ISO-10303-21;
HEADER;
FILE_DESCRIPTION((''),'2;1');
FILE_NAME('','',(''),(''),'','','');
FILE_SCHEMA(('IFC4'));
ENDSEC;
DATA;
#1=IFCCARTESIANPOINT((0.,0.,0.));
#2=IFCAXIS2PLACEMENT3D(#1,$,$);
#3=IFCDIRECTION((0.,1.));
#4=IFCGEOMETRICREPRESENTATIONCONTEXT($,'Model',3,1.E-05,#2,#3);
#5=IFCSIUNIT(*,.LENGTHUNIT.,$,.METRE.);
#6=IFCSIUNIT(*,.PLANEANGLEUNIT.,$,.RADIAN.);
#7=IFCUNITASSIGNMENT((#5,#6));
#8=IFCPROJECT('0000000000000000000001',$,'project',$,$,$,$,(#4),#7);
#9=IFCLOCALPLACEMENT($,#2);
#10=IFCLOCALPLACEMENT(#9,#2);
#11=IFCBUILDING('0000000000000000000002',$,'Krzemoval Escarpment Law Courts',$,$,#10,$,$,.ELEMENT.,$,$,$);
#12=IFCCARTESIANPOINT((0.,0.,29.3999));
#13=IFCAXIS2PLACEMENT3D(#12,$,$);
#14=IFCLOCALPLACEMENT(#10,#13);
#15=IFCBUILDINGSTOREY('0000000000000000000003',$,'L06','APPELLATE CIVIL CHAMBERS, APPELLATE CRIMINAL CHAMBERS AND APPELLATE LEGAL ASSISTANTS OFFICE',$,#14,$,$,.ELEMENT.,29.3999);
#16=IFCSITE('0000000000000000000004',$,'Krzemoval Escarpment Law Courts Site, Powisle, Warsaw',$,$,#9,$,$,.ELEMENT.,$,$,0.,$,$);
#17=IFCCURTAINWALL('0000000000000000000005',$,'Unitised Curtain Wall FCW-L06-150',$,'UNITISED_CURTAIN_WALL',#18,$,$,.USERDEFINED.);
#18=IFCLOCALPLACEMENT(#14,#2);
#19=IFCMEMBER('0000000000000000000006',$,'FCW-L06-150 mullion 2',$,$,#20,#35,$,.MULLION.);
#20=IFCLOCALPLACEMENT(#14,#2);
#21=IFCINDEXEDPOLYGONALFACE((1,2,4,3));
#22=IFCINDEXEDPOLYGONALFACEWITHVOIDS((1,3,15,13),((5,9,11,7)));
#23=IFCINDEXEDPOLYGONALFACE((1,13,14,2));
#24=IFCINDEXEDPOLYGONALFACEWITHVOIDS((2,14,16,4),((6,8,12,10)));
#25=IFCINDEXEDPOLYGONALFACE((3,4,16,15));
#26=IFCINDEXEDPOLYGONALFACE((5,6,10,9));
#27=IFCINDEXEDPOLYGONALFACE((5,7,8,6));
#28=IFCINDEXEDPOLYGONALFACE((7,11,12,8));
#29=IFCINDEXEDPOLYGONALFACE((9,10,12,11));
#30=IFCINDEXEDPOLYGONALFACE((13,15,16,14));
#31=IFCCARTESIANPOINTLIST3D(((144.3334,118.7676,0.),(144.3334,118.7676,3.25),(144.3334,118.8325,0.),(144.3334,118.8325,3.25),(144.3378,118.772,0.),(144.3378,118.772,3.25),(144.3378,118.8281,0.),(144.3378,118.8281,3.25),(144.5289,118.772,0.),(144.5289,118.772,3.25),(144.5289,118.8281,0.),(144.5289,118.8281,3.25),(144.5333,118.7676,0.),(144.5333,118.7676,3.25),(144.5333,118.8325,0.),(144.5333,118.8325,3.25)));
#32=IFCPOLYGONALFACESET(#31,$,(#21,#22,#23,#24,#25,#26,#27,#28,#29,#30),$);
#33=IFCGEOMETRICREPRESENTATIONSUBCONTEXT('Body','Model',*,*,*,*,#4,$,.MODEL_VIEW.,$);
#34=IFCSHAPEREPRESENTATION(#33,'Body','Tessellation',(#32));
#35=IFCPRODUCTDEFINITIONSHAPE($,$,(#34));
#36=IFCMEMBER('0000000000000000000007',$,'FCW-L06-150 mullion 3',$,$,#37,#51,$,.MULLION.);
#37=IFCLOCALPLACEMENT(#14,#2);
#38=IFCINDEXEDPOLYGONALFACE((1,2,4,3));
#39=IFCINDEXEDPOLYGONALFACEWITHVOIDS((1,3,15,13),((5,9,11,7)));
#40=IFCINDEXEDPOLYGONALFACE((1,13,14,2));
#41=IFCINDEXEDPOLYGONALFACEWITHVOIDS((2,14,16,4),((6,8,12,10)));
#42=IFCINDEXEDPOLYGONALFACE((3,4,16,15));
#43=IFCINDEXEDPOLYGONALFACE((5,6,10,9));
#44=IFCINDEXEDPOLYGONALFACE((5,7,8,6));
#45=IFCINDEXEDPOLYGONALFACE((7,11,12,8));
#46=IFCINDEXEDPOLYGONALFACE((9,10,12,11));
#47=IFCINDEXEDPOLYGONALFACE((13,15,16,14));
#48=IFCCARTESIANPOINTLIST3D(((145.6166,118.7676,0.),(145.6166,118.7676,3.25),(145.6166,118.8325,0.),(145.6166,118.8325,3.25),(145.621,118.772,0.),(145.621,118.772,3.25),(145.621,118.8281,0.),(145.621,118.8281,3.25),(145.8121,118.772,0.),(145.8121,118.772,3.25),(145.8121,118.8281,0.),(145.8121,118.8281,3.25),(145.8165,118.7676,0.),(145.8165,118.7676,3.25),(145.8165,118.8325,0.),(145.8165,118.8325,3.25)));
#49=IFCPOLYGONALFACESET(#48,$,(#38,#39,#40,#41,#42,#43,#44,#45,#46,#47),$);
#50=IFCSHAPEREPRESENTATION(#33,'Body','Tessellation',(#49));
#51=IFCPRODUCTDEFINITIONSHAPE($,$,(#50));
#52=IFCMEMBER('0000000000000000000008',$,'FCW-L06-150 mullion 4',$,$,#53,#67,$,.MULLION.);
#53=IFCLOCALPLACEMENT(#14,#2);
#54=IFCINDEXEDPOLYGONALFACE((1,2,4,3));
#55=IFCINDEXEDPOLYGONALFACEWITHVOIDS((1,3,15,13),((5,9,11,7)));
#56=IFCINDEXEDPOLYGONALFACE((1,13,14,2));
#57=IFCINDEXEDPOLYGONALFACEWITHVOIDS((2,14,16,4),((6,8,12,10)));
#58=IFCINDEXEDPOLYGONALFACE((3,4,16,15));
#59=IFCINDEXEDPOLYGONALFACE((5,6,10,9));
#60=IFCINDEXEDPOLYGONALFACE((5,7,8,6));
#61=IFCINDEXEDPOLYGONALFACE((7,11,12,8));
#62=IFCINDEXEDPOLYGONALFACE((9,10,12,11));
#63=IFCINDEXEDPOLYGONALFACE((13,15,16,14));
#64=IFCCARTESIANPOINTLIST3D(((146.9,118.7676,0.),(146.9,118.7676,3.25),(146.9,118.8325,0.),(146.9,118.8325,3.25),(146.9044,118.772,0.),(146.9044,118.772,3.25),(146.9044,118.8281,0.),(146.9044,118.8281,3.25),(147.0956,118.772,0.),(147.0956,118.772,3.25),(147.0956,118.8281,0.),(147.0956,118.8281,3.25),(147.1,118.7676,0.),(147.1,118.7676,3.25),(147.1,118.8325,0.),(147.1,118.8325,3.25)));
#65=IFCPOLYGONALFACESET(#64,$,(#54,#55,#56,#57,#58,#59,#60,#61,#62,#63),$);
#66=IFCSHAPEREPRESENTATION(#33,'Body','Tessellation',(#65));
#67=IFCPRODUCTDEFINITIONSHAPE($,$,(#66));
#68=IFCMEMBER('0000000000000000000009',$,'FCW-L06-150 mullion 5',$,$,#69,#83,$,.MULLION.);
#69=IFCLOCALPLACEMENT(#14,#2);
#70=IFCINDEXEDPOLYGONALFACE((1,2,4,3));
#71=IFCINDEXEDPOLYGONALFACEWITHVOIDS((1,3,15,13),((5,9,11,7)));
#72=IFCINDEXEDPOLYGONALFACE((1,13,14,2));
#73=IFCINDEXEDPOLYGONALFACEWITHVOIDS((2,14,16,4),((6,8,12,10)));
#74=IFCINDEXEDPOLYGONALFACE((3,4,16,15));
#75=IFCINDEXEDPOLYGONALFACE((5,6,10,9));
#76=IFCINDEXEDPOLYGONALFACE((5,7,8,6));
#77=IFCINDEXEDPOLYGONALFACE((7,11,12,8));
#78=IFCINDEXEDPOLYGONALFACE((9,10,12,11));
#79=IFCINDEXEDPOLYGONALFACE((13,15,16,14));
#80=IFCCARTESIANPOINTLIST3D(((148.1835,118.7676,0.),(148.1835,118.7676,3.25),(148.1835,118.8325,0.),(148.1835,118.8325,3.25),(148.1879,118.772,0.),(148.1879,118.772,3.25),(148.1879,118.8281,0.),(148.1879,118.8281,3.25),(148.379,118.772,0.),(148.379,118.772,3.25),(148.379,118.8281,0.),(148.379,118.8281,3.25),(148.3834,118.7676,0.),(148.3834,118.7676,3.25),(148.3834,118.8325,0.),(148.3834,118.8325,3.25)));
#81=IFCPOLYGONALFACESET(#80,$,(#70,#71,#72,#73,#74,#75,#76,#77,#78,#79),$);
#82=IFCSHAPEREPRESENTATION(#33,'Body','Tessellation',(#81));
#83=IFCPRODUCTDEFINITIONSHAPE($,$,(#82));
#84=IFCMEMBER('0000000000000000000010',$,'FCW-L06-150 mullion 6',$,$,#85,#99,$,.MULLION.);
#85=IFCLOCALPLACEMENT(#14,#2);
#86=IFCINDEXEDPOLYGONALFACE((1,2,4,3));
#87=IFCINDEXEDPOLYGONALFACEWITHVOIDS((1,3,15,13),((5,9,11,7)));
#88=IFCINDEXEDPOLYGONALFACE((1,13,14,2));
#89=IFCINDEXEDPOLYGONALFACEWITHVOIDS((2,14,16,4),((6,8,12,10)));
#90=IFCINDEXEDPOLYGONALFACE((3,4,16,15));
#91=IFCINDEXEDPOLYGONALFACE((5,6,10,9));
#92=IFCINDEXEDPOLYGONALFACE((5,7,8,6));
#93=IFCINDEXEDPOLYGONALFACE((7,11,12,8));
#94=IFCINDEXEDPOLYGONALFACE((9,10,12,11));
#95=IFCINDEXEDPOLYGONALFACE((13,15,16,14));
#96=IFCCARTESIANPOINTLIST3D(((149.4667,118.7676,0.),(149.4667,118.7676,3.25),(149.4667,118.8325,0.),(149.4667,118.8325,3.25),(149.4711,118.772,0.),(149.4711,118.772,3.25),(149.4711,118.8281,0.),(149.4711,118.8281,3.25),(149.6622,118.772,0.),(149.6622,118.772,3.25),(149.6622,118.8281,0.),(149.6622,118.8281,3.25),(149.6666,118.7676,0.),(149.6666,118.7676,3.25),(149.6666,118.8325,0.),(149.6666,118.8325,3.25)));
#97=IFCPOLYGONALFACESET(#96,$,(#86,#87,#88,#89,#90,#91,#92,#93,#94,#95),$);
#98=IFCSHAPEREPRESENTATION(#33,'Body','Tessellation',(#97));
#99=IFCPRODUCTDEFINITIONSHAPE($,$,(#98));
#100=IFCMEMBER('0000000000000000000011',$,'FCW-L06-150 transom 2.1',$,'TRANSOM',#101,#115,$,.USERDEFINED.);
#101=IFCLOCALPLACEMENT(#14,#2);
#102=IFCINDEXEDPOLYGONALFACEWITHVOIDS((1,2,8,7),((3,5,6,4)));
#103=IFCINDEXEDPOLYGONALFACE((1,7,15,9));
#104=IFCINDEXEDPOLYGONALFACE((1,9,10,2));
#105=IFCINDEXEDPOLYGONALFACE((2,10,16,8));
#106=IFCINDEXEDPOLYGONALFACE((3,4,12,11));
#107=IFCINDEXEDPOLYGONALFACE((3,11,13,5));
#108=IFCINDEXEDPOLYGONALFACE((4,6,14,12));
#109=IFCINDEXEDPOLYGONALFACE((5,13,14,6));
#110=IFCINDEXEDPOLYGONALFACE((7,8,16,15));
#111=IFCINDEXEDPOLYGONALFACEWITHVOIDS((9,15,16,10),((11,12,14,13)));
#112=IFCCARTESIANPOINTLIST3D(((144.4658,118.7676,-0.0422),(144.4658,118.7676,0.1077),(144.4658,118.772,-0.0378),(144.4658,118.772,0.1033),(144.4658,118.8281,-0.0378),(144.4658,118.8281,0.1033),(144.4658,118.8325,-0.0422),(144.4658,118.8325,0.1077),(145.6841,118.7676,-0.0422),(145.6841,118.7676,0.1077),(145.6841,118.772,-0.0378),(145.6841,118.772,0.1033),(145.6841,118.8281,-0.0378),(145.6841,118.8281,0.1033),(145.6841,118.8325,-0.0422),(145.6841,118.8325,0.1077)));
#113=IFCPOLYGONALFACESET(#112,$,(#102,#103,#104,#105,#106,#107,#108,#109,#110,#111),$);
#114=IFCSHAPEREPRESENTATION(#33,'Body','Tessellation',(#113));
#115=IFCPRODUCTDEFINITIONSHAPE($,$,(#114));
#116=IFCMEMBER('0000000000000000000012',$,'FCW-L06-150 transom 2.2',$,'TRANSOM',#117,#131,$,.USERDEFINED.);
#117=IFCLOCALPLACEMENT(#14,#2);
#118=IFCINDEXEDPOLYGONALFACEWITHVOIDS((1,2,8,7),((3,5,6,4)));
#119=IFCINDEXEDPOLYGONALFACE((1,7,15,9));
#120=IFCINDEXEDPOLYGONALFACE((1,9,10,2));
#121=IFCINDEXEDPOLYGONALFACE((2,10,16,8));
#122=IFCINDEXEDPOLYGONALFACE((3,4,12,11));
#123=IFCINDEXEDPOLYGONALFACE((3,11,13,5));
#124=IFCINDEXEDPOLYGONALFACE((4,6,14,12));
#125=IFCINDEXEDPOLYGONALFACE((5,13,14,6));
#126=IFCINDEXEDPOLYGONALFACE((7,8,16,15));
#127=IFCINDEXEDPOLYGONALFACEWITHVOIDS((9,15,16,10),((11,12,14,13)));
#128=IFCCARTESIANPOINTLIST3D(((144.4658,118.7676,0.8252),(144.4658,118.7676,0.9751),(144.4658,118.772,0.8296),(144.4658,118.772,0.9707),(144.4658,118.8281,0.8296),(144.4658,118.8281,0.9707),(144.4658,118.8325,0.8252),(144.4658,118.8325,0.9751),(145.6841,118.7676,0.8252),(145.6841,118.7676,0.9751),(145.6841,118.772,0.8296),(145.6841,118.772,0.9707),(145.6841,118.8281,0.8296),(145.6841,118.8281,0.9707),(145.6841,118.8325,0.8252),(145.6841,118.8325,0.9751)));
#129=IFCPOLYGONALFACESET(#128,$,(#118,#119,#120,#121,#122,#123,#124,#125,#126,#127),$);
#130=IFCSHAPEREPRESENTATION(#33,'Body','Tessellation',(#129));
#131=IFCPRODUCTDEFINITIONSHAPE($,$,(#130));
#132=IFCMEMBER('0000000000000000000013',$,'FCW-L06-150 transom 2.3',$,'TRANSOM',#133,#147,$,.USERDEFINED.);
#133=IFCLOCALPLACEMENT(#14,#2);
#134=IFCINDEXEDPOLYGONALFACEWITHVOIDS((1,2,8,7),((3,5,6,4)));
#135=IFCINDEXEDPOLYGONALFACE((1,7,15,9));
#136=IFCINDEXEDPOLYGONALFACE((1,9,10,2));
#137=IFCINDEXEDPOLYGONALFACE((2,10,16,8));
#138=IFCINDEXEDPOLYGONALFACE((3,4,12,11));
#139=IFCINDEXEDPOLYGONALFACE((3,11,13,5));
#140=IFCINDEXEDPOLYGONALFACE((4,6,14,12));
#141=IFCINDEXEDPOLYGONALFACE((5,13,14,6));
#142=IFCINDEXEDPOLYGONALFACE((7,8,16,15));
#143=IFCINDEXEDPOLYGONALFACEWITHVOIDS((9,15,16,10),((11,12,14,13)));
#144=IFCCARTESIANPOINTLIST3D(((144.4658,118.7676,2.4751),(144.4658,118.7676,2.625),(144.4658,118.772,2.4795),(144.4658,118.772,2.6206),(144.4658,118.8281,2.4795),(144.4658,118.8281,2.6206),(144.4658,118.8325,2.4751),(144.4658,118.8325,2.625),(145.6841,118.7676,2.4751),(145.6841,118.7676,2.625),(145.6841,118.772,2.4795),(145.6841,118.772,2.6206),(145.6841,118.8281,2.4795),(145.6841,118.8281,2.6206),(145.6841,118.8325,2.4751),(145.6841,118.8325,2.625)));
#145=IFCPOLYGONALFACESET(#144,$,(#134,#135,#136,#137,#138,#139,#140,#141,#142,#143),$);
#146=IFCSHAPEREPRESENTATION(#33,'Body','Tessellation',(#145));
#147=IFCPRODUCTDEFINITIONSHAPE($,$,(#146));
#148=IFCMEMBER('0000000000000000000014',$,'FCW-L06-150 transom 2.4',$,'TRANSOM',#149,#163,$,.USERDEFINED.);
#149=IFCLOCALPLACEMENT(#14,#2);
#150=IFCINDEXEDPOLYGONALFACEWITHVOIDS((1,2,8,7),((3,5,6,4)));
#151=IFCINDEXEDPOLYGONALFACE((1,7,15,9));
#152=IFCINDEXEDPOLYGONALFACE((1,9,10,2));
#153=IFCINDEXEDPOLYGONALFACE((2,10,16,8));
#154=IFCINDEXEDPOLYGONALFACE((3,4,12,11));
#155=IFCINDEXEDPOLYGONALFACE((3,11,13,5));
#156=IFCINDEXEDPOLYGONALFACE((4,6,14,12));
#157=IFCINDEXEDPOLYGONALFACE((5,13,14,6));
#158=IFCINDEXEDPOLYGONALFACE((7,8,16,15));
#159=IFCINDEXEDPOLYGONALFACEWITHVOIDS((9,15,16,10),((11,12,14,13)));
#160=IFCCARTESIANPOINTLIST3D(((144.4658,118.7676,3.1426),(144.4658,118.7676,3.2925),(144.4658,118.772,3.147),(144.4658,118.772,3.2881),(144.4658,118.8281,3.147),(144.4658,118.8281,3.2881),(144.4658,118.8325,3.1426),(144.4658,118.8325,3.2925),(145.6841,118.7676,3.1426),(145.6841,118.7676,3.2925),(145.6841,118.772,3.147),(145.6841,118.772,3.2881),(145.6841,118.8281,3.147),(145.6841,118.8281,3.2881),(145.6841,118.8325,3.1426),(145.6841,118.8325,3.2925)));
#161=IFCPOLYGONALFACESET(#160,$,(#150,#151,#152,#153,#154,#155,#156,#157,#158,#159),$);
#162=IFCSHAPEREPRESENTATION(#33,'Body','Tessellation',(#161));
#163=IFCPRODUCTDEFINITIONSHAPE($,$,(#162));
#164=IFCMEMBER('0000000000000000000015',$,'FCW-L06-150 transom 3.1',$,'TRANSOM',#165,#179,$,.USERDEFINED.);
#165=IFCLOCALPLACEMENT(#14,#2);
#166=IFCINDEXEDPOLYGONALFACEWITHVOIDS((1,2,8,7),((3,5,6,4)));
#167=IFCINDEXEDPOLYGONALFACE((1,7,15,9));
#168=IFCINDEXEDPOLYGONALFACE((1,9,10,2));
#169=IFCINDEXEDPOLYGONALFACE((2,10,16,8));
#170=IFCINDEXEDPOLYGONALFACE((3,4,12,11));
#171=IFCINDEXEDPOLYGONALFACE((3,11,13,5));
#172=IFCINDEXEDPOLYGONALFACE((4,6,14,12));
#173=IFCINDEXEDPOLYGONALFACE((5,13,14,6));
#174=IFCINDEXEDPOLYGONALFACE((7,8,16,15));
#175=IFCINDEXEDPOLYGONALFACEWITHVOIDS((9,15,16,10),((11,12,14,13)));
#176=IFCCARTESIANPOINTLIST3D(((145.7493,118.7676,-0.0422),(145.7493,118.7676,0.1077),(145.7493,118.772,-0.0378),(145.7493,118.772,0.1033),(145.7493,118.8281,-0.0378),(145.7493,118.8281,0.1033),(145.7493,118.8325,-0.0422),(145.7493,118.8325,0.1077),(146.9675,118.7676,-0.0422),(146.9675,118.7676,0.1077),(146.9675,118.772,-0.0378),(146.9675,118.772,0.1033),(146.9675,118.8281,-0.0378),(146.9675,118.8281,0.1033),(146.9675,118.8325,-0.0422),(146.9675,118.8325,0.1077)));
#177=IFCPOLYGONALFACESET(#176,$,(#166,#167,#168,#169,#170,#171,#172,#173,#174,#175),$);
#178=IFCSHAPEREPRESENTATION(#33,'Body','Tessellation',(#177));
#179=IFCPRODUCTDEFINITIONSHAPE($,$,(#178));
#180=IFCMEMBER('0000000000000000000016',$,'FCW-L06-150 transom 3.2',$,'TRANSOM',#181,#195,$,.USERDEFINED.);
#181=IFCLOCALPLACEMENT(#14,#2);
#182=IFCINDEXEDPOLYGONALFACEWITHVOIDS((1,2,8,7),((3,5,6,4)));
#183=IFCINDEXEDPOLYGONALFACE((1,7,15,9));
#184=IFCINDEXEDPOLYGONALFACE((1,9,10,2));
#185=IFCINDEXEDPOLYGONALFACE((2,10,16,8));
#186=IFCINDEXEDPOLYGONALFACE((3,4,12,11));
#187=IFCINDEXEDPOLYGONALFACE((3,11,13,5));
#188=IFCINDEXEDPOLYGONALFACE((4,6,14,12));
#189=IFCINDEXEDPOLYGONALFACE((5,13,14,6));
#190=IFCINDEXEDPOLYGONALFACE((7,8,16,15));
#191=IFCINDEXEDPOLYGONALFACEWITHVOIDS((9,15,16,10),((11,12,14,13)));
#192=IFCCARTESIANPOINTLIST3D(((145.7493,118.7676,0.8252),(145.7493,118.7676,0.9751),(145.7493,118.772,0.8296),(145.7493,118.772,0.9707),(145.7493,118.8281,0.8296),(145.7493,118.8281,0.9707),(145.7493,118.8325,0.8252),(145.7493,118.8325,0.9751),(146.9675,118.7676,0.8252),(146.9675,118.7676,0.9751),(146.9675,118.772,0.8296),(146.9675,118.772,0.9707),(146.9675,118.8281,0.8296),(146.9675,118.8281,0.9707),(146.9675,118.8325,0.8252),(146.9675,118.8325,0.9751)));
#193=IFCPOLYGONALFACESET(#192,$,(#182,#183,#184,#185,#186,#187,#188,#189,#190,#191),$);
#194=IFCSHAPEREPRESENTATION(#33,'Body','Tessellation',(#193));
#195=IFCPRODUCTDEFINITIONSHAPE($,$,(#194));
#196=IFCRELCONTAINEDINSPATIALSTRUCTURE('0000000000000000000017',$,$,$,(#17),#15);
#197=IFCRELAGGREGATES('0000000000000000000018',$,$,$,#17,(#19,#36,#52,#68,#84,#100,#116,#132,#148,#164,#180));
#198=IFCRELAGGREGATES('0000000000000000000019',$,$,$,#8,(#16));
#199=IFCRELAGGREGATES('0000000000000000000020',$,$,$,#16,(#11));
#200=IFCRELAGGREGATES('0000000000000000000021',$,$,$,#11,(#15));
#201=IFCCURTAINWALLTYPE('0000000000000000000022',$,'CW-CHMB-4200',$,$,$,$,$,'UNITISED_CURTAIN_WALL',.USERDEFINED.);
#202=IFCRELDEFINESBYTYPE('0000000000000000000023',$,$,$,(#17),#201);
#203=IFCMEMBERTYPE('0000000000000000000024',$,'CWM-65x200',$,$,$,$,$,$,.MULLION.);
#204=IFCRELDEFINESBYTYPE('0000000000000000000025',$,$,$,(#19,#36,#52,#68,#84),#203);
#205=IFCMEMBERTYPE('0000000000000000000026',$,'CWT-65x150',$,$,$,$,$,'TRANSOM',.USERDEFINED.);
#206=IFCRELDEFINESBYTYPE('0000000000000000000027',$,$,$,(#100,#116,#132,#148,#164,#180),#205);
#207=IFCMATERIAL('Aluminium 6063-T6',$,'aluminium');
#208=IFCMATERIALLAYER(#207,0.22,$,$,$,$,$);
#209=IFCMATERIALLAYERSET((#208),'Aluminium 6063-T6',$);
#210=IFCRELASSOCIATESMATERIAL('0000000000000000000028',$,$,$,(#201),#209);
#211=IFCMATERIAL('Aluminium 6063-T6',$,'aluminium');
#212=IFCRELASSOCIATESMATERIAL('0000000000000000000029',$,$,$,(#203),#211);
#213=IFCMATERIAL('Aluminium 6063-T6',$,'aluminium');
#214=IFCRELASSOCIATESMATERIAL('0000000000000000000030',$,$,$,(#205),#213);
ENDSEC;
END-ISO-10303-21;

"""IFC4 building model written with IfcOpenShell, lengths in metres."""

from ifc_helpers import new_model, si_unit, direction, frame, origin, origin_2d, place, context, subcontext, project, spatial, hollow_rectangle, extrude, material, layer, layer_set, material_profile, profile_set, type_object, element, aggregate, save


model = new_model("IFC4")

# Units and contexts
model_context = context("Model", 3, precision=1e-05, world=origin(), true_north=direction((0.0, 1.0)))
body_context = subcontext(model_context, "Body", "Model", "MODEL_VIEW")
ifc_project = project(units=[si_unit("LENGTHUNIT", "METRE"), si_unit("PLANEANGLEUNIT", "RADIAN")], contexts=[model_context])

# Site, building, storey
site_placement = place(None, origin())
site = spatial("IfcSite", under=ifc_project, at=site_placement, Name="Krzemoval Escarpment Law Courts Site, Powisle, Warsaw", CompositionType="ELEMENT", RefElevation=0.0)
building_placement = place(site_placement, origin())
building = spatial("IfcBuilding", under=site, at=building_placement, Name="Krzemoval Escarpment Law Courts", CompositionType="ELEMENT")
storey_placement = place(building_placement, frame((0.0, 0.0, 29.3999)))
storey = spatial("IfcBuildingStorey", under=building, at=storey_placement, Name="L06", Description="APPELLATE CIVIL CHAMBERS, APPELLATE CRIMINAL CHAMBERS AND APPELLATE LEGAL ASSISTANTS OFFICE", CompositionType="ELEMENT", Elevation=29.3999)

# Curtain wall, members
ifc_material_1 = material(Name="Aluminium 6063-T6", Category="aluminium")
ifc_layer_1 = layer(ifc_material_1, 0.22)
ifc_layer_set_1 = layer_set([ifc_layer_1], Name="Aluminium 6063-T6")
curtain_wall_type = type_object("IfcCurtainWallType", Name="CW-CHMB-4200", ElementType="UNITISED_CURTAIN_WALL", PredefinedType="USERDEFINED", material=ifc_layer_set_1)
curtain_wall_placement = place(storey_placement, origin())
curtain_wall = element("IfcCurtainWall", 1, at=curtain_wall_placement, inside=storey, type_object=curtain_wall_type, Name="Unitised Curtain Wall FCW-L06-150", ObjectType="UNITISED_CURTAIN_WALL", PredefinedType="USERDEFINED")
ifc_material_2 = material(Name="Aluminium 6063-T6", Category="aluminium")
ifc_material_profile_1 = material_profile(ifc_material_2, hollow_rectangle(XDim=0.0649, YDim=0.2, WallThickness=0.0044, at=origin_2d()), Name="ALU M65x200")
ifc_profile_set_1 = profile_set([ifc_material_profile_1], Name="Aluminium 6063-T6")
member_type_1 = type_object("IfcMemberType", Name="CWM-65x200", PredefinedType="MULLION", material=ifc_profile_set_1)
member_1_placement = place(storey_placement, frame((144.4333, 118.8, 0.0), z_axis=(0.0, 0.0, 1.0), x_axis=(0.0, 1.0, 0.0)))
member_1 = element("IfcMember", 2, at=member_1_placement, type_object=member_type_1, Name="FCW-L06-150 mullion 2", PredefinedType="MULLION", context=body_context, shape_type="SweptSolid", body=[
    extrude(hollow_rectangle(XDim=0.0649, YDim=0.2, WallThickness=0.0044, at=origin_2d()), origin(), (0.0, 0.0, 1.0), 3.25),
])
member_2_placement = place(storey_placement, frame((145.7166, 118.8, 0.0), z_axis=(0.0, 0.0, 1.0), x_axis=(0.0, 1.0, 0.0)))
member_2 = element("IfcMember", 3, at=member_2_placement, type_object=member_type_1, Name="FCW-L06-150 mullion 3", PredefinedType="MULLION", context=body_context, shape_type="SweptSolid", body=[
    extrude(hollow_rectangle(XDim=0.0649, YDim=0.2, WallThickness=0.0044, at=origin_2d()), origin(), (0.0, 0.0, 1.0), 3.25),
])
member_3_placement = place(storey_placement, frame((147.0, 118.8, 0.0), z_axis=(0.0, 0.0, 1.0), x_axis=(0.0, 1.0, 0.0)))
member_3 = element("IfcMember", 4, at=member_3_placement, type_object=member_type_1, Name="FCW-L06-150 mullion 4", PredefinedType="MULLION", context=body_context, shape_type="SweptSolid", body=[
    extrude(hollow_rectangle(XDim=0.0649, YDim=0.2, WallThickness=0.0044, at=origin_2d()), origin(), (0.0, 0.0, 1.0), 3.25),
])
member_4_placement = place(storey_placement, frame((148.2834, 118.8, 0.0), z_axis=(0.0, 0.0, 1.0), x_axis=(0.0, 1.0, 0.0)))
member_4 = element("IfcMember", 5, at=member_4_placement, type_object=member_type_1, Name="FCW-L06-150 mullion 5", PredefinedType="MULLION", context=body_context, shape_type="SweptSolid", body=[
    extrude(hollow_rectangle(XDim=0.0649, YDim=0.2, WallThickness=0.0044, at=origin_2d()), origin(), (0.0, 0.0, 1.0), 3.25),
])
member_5_placement = place(storey_placement, frame((149.5667, 118.8, 0.0), z_axis=(0.0, 0.0, 1.0), x_axis=(0.0, 1.0, 0.0)))
member_5 = element("IfcMember", 6, at=member_5_placement, type_object=member_type_1, Name="FCW-L06-150 mullion 6", PredefinedType="MULLION", context=body_context, shape_type="SweptSolid", body=[
    extrude(hollow_rectangle(XDim=0.0649, YDim=0.2, WallThickness=0.0044, at=origin_2d()), origin(), (0.0, 0.0, 1.0), 3.25),
])
ifc_material_3 = material(Name="Aluminium 6063-T6", Category="aluminium")
ifc_material_profile_2 = material_profile(ifc_material_3, hollow_rectangle(XDim=0.0649, YDim=0.1499, WallThickness=0.0044, at=origin_2d()), Name="ALU T65x150")
ifc_profile_set_2 = profile_set([ifc_material_profile_2], Name="Aluminium 6063-T6")
member_type_2 = type_object("IfcMemberType", Name="CWT-65x150", ElementType="TRANSOM", PredefinedType="USERDEFINED", material=ifc_profile_set_2)
member_6_placement = place(storey_placement, frame((144.4658, 118.8, 0.0327), z_axis=(1.0, 0.0, 0.0), x_axis=(0.0, 1.0, 0.0)))
member_6 = element("IfcMember", 7, at=member_6_placement, type_object=member_type_2, Name="FCW-L06-150 transom 2.1", ObjectType="TRANSOM", PredefinedType="USERDEFINED", context=body_context, shape_type="SweptSolid", body=[
    extrude(hollow_rectangle(XDim=0.0649, YDim=0.1499, WallThickness=0.0044, at=origin_2d()), origin(), (0.0, 0.0, 1.0), 1.2183),
])
member_7_placement = place(storey_placement, frame((144.4658, 118.8, 0.9001), z_axis=(1.0, 0.0, 0.0), x_axis=(0.0, 1.0, 0.0)))
member_7 = element("IfcMember", 8, at=member_7_placement, type_object=member_type_2, Name="FCW-L06-150 transom 2.2", ObjectType="TRANSOM", PredefinedType="USERDEFINED", context=body_context, shape_type="SweptSolid", body=[
    extrude(hollow_rectangle(XDim=0.0649, YDim=0.1499, WallThickness=0.0044, at=origin_2d()), origin(), (0.0, 0.0, 1.0), 1.2183),
])
member_8_placement = place(storey_placement, frame((144.4658, 118.8, 2.55), z_axis=(1.0, 0.0, 0.0), x_axis=(0.0, 1.0, 0.0)))
member_8 = element("IfcMember", 9, at=member_8_placement, type_object=member_type_2, Name="FCW-L06-150 transom 2.3", ObjectType="TRANSOM", PredefinedType="USERDEFINED", context=body_context, shape_type="SweptSolid", body=[
    extrude(hollow_rectangle(XDim=0.0649, YDim=0.1499, WallThickness=0.0044, at=origin_2d()), origin(), (0.0, 0.0, 1.0), 1.2183),
])
member_9_placement = place(storey_placement, frame((144.4658, 118.8, 3.2175), z_axis=(1.0, 0.0, 0.0), x_axis=(0.0, 1.0, 0.0)))
member_9 = element("IfcMember", 10, at=member_9_placement, type_object=member_type_2, Name="FCW-L06-150 transom 2.4", ObjectType="TRANSOM", PredefinedType="USERDEFINED", context=body_context, shape_type="SweptSolid", body=[
    extrude(hollow_rectangle(XDim=0.0649, YDim=0.1499, WallThickness=0.0044, at=origin_2d()), origin(), (0.0, 0.0, 1.0), 1.2183),
])
member_10_placement = place(storey_placement, frame((145.7493, 118.8, 0.0327), z_axis=(1.0, 0.0, 0.0), x_axis=(0.0, 1.0, 0.0)))
member_10 = element("IfcMember", 11, at=member_10_placement, type_object=member_type_2, Name="FCW-L06-150 transom 3.1", ObjectType="TRANSOM", PredefinedType="USERDEFINED", context=body_context, shape_type="SweptSolid", body=[
    extrude(hollow_rectangle(XDim=0.0649, YDim=0.1499, WallThickness=0.0044, at=origin_2d()), origin(), (0.0, 0.0, 1.0), 1.2183),
])
member_11_placement = place(storey_placement, frame((145.7493, 118.8, 0.9001), z_axis=(1.0, 0.0, 0.0), x_axis=(0.0, 1.0, 0.0)))
member_11 = element("IfcMember", 12, at=member_11_placement, type_object=member_type_2, Name="FCW-L06-150 transom 3.2", ObjectType="TRANSOM", PredefinedType="USERDEFINED", context=body_context, shape_type="SweptSolid", body=[
    extrude(hollow_rectangle(XDim=0.0649, YDim=0.1499, WallThickness=0.0044, at=origin_2d()), origin(), (0.0, 0.0, 1.0), 1.2183),
])
aggregate(curtain_wall, [member_1, member_2, member_3, member_4, member_5, member_6, member_7, member_8, member_9, member_10, member_11])

save(model, "model.ifc")
